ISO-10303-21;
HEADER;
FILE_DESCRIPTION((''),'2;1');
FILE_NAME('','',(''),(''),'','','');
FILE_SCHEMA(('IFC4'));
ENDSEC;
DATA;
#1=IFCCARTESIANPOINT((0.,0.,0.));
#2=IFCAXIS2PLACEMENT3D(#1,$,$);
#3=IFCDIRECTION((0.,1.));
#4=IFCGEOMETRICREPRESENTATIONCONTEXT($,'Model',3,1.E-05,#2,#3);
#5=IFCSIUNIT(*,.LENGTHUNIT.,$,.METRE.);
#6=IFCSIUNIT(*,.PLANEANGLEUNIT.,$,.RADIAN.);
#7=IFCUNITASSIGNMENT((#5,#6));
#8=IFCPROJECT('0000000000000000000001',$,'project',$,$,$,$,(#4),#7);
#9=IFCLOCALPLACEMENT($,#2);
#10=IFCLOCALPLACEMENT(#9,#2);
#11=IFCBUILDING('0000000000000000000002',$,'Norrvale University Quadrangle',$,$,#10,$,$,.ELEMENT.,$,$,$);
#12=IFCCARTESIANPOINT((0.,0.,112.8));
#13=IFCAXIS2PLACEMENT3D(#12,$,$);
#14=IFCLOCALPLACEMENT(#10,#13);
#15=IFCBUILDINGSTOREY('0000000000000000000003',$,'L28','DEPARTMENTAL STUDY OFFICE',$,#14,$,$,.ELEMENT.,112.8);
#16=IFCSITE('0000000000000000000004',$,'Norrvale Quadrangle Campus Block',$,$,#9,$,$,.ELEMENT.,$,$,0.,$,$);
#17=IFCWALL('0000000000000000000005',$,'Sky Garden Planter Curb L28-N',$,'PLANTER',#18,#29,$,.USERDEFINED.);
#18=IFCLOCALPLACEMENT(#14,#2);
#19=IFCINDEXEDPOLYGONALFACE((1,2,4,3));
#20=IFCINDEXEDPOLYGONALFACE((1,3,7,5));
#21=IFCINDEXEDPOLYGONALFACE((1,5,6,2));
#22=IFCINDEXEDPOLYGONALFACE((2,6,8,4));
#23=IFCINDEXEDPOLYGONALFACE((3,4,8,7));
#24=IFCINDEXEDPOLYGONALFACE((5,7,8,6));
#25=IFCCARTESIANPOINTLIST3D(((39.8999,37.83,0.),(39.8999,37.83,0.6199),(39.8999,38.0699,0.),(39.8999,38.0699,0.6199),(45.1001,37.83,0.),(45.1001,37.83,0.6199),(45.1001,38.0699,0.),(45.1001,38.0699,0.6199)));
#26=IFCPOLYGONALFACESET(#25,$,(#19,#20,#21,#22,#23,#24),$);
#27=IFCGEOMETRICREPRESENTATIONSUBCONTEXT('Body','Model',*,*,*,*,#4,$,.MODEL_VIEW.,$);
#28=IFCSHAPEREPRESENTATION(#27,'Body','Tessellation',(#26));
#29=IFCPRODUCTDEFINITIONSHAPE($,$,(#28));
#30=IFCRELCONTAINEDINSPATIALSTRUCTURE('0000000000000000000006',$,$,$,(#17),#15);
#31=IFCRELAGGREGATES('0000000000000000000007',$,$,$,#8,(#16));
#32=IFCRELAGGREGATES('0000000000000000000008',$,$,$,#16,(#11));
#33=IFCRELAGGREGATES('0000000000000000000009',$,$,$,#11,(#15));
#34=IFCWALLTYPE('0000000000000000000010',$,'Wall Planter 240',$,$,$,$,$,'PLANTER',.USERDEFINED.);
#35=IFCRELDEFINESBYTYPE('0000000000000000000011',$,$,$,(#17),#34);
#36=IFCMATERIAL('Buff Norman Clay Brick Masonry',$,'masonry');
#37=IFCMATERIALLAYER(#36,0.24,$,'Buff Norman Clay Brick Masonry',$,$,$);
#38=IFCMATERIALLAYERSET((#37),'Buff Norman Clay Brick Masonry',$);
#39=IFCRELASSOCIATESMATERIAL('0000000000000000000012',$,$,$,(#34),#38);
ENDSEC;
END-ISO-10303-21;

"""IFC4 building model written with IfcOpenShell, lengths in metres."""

from ifc_helpers import new_model, si_unit, direction, frame, frame_2d, origin, place, context, subcontext, project, spatial, rectangle, extrude, material, layer, layer_set, type_object, element, save


model = new_model("IFC4")

# Units and contexts
model_context = context("Model", 3, precision=1e-05, world=origin(), true_north=direction((0.0, 1.0)))
body_context = subcontext(model_context, "Body", "Model", "MODEL_VIEW")
ifc_project = project(units=[si_unit("LENGTHUNIT", "METRE"), si_unit("PLANEANGLEUNIT", "RADIAN")], contexts=[model_context])

# Site, building, storey
site_placement = place(None, origin())
site = spatial("IfcSite", under=ifc_project, at=site_placement, Name="Norrvale Quadrangle Campus Block", CompositionType="ELEMENT", RefElevation=0.0)
building_placement = place(site_placement, origin())
building = spatial("IfcBuilding", under=site, at=building_placement, Name="Norrvale University Quadrangle", CompositionType="ELEMENT")
storey_placement = place(building_placement, frame((0.0, 0.0, 112.8)))
storey = spatial("IfcBuildingStorey", under=building, at=storey_placement, Name="L28", Description="DEPARTMENTAL STUDY OFFICE", CompositionType="ELEMENT", Elevation=112.8)

# Shared definitions
ifc_material_1 = material(Name="Buff Norman Clay Brick Masonry", Category="masonry")

# Wall
ifc_layer_1 = layer(ifc_material_1, 0.24, Name="Buff Norman Clay Brick Masonry")
ifc_layer_set_1 = layer_set([ifc_layer_1], Name="Buff Norman Clay Brick Masonry")
wall_type_1 = type_object("IfcWallType", Name="Wall Planter 240", ElementType="PLANTER", PredefinedType="USERDEFINED", material=ifc_layer_set_1)
wall_1_placement = place(storey_placement, frame((39.8999, 37.95, 0.0), z_axis=(0.0, 0.0, 1.0), x_axis=(1.0, 0.0, 0.0)))
element("IfcWall", 1, at=wall_1_placement, inside=storey, type_object=wall_type_1, Name="Sky Garden Planter Curb L28-N", ObjectType="PLANTER", PredefinedType="USERDEFINED", context=body_context, shape_type="SweptSolid", body=[
    extrude(rectangle(XDim=5.2002, YDim=0.24, at=frame_2d((2.6001, 0.0))), origin(), (0.0, 0.0, 1.0), 0.6199),
])

save(model, "model.ifc")
